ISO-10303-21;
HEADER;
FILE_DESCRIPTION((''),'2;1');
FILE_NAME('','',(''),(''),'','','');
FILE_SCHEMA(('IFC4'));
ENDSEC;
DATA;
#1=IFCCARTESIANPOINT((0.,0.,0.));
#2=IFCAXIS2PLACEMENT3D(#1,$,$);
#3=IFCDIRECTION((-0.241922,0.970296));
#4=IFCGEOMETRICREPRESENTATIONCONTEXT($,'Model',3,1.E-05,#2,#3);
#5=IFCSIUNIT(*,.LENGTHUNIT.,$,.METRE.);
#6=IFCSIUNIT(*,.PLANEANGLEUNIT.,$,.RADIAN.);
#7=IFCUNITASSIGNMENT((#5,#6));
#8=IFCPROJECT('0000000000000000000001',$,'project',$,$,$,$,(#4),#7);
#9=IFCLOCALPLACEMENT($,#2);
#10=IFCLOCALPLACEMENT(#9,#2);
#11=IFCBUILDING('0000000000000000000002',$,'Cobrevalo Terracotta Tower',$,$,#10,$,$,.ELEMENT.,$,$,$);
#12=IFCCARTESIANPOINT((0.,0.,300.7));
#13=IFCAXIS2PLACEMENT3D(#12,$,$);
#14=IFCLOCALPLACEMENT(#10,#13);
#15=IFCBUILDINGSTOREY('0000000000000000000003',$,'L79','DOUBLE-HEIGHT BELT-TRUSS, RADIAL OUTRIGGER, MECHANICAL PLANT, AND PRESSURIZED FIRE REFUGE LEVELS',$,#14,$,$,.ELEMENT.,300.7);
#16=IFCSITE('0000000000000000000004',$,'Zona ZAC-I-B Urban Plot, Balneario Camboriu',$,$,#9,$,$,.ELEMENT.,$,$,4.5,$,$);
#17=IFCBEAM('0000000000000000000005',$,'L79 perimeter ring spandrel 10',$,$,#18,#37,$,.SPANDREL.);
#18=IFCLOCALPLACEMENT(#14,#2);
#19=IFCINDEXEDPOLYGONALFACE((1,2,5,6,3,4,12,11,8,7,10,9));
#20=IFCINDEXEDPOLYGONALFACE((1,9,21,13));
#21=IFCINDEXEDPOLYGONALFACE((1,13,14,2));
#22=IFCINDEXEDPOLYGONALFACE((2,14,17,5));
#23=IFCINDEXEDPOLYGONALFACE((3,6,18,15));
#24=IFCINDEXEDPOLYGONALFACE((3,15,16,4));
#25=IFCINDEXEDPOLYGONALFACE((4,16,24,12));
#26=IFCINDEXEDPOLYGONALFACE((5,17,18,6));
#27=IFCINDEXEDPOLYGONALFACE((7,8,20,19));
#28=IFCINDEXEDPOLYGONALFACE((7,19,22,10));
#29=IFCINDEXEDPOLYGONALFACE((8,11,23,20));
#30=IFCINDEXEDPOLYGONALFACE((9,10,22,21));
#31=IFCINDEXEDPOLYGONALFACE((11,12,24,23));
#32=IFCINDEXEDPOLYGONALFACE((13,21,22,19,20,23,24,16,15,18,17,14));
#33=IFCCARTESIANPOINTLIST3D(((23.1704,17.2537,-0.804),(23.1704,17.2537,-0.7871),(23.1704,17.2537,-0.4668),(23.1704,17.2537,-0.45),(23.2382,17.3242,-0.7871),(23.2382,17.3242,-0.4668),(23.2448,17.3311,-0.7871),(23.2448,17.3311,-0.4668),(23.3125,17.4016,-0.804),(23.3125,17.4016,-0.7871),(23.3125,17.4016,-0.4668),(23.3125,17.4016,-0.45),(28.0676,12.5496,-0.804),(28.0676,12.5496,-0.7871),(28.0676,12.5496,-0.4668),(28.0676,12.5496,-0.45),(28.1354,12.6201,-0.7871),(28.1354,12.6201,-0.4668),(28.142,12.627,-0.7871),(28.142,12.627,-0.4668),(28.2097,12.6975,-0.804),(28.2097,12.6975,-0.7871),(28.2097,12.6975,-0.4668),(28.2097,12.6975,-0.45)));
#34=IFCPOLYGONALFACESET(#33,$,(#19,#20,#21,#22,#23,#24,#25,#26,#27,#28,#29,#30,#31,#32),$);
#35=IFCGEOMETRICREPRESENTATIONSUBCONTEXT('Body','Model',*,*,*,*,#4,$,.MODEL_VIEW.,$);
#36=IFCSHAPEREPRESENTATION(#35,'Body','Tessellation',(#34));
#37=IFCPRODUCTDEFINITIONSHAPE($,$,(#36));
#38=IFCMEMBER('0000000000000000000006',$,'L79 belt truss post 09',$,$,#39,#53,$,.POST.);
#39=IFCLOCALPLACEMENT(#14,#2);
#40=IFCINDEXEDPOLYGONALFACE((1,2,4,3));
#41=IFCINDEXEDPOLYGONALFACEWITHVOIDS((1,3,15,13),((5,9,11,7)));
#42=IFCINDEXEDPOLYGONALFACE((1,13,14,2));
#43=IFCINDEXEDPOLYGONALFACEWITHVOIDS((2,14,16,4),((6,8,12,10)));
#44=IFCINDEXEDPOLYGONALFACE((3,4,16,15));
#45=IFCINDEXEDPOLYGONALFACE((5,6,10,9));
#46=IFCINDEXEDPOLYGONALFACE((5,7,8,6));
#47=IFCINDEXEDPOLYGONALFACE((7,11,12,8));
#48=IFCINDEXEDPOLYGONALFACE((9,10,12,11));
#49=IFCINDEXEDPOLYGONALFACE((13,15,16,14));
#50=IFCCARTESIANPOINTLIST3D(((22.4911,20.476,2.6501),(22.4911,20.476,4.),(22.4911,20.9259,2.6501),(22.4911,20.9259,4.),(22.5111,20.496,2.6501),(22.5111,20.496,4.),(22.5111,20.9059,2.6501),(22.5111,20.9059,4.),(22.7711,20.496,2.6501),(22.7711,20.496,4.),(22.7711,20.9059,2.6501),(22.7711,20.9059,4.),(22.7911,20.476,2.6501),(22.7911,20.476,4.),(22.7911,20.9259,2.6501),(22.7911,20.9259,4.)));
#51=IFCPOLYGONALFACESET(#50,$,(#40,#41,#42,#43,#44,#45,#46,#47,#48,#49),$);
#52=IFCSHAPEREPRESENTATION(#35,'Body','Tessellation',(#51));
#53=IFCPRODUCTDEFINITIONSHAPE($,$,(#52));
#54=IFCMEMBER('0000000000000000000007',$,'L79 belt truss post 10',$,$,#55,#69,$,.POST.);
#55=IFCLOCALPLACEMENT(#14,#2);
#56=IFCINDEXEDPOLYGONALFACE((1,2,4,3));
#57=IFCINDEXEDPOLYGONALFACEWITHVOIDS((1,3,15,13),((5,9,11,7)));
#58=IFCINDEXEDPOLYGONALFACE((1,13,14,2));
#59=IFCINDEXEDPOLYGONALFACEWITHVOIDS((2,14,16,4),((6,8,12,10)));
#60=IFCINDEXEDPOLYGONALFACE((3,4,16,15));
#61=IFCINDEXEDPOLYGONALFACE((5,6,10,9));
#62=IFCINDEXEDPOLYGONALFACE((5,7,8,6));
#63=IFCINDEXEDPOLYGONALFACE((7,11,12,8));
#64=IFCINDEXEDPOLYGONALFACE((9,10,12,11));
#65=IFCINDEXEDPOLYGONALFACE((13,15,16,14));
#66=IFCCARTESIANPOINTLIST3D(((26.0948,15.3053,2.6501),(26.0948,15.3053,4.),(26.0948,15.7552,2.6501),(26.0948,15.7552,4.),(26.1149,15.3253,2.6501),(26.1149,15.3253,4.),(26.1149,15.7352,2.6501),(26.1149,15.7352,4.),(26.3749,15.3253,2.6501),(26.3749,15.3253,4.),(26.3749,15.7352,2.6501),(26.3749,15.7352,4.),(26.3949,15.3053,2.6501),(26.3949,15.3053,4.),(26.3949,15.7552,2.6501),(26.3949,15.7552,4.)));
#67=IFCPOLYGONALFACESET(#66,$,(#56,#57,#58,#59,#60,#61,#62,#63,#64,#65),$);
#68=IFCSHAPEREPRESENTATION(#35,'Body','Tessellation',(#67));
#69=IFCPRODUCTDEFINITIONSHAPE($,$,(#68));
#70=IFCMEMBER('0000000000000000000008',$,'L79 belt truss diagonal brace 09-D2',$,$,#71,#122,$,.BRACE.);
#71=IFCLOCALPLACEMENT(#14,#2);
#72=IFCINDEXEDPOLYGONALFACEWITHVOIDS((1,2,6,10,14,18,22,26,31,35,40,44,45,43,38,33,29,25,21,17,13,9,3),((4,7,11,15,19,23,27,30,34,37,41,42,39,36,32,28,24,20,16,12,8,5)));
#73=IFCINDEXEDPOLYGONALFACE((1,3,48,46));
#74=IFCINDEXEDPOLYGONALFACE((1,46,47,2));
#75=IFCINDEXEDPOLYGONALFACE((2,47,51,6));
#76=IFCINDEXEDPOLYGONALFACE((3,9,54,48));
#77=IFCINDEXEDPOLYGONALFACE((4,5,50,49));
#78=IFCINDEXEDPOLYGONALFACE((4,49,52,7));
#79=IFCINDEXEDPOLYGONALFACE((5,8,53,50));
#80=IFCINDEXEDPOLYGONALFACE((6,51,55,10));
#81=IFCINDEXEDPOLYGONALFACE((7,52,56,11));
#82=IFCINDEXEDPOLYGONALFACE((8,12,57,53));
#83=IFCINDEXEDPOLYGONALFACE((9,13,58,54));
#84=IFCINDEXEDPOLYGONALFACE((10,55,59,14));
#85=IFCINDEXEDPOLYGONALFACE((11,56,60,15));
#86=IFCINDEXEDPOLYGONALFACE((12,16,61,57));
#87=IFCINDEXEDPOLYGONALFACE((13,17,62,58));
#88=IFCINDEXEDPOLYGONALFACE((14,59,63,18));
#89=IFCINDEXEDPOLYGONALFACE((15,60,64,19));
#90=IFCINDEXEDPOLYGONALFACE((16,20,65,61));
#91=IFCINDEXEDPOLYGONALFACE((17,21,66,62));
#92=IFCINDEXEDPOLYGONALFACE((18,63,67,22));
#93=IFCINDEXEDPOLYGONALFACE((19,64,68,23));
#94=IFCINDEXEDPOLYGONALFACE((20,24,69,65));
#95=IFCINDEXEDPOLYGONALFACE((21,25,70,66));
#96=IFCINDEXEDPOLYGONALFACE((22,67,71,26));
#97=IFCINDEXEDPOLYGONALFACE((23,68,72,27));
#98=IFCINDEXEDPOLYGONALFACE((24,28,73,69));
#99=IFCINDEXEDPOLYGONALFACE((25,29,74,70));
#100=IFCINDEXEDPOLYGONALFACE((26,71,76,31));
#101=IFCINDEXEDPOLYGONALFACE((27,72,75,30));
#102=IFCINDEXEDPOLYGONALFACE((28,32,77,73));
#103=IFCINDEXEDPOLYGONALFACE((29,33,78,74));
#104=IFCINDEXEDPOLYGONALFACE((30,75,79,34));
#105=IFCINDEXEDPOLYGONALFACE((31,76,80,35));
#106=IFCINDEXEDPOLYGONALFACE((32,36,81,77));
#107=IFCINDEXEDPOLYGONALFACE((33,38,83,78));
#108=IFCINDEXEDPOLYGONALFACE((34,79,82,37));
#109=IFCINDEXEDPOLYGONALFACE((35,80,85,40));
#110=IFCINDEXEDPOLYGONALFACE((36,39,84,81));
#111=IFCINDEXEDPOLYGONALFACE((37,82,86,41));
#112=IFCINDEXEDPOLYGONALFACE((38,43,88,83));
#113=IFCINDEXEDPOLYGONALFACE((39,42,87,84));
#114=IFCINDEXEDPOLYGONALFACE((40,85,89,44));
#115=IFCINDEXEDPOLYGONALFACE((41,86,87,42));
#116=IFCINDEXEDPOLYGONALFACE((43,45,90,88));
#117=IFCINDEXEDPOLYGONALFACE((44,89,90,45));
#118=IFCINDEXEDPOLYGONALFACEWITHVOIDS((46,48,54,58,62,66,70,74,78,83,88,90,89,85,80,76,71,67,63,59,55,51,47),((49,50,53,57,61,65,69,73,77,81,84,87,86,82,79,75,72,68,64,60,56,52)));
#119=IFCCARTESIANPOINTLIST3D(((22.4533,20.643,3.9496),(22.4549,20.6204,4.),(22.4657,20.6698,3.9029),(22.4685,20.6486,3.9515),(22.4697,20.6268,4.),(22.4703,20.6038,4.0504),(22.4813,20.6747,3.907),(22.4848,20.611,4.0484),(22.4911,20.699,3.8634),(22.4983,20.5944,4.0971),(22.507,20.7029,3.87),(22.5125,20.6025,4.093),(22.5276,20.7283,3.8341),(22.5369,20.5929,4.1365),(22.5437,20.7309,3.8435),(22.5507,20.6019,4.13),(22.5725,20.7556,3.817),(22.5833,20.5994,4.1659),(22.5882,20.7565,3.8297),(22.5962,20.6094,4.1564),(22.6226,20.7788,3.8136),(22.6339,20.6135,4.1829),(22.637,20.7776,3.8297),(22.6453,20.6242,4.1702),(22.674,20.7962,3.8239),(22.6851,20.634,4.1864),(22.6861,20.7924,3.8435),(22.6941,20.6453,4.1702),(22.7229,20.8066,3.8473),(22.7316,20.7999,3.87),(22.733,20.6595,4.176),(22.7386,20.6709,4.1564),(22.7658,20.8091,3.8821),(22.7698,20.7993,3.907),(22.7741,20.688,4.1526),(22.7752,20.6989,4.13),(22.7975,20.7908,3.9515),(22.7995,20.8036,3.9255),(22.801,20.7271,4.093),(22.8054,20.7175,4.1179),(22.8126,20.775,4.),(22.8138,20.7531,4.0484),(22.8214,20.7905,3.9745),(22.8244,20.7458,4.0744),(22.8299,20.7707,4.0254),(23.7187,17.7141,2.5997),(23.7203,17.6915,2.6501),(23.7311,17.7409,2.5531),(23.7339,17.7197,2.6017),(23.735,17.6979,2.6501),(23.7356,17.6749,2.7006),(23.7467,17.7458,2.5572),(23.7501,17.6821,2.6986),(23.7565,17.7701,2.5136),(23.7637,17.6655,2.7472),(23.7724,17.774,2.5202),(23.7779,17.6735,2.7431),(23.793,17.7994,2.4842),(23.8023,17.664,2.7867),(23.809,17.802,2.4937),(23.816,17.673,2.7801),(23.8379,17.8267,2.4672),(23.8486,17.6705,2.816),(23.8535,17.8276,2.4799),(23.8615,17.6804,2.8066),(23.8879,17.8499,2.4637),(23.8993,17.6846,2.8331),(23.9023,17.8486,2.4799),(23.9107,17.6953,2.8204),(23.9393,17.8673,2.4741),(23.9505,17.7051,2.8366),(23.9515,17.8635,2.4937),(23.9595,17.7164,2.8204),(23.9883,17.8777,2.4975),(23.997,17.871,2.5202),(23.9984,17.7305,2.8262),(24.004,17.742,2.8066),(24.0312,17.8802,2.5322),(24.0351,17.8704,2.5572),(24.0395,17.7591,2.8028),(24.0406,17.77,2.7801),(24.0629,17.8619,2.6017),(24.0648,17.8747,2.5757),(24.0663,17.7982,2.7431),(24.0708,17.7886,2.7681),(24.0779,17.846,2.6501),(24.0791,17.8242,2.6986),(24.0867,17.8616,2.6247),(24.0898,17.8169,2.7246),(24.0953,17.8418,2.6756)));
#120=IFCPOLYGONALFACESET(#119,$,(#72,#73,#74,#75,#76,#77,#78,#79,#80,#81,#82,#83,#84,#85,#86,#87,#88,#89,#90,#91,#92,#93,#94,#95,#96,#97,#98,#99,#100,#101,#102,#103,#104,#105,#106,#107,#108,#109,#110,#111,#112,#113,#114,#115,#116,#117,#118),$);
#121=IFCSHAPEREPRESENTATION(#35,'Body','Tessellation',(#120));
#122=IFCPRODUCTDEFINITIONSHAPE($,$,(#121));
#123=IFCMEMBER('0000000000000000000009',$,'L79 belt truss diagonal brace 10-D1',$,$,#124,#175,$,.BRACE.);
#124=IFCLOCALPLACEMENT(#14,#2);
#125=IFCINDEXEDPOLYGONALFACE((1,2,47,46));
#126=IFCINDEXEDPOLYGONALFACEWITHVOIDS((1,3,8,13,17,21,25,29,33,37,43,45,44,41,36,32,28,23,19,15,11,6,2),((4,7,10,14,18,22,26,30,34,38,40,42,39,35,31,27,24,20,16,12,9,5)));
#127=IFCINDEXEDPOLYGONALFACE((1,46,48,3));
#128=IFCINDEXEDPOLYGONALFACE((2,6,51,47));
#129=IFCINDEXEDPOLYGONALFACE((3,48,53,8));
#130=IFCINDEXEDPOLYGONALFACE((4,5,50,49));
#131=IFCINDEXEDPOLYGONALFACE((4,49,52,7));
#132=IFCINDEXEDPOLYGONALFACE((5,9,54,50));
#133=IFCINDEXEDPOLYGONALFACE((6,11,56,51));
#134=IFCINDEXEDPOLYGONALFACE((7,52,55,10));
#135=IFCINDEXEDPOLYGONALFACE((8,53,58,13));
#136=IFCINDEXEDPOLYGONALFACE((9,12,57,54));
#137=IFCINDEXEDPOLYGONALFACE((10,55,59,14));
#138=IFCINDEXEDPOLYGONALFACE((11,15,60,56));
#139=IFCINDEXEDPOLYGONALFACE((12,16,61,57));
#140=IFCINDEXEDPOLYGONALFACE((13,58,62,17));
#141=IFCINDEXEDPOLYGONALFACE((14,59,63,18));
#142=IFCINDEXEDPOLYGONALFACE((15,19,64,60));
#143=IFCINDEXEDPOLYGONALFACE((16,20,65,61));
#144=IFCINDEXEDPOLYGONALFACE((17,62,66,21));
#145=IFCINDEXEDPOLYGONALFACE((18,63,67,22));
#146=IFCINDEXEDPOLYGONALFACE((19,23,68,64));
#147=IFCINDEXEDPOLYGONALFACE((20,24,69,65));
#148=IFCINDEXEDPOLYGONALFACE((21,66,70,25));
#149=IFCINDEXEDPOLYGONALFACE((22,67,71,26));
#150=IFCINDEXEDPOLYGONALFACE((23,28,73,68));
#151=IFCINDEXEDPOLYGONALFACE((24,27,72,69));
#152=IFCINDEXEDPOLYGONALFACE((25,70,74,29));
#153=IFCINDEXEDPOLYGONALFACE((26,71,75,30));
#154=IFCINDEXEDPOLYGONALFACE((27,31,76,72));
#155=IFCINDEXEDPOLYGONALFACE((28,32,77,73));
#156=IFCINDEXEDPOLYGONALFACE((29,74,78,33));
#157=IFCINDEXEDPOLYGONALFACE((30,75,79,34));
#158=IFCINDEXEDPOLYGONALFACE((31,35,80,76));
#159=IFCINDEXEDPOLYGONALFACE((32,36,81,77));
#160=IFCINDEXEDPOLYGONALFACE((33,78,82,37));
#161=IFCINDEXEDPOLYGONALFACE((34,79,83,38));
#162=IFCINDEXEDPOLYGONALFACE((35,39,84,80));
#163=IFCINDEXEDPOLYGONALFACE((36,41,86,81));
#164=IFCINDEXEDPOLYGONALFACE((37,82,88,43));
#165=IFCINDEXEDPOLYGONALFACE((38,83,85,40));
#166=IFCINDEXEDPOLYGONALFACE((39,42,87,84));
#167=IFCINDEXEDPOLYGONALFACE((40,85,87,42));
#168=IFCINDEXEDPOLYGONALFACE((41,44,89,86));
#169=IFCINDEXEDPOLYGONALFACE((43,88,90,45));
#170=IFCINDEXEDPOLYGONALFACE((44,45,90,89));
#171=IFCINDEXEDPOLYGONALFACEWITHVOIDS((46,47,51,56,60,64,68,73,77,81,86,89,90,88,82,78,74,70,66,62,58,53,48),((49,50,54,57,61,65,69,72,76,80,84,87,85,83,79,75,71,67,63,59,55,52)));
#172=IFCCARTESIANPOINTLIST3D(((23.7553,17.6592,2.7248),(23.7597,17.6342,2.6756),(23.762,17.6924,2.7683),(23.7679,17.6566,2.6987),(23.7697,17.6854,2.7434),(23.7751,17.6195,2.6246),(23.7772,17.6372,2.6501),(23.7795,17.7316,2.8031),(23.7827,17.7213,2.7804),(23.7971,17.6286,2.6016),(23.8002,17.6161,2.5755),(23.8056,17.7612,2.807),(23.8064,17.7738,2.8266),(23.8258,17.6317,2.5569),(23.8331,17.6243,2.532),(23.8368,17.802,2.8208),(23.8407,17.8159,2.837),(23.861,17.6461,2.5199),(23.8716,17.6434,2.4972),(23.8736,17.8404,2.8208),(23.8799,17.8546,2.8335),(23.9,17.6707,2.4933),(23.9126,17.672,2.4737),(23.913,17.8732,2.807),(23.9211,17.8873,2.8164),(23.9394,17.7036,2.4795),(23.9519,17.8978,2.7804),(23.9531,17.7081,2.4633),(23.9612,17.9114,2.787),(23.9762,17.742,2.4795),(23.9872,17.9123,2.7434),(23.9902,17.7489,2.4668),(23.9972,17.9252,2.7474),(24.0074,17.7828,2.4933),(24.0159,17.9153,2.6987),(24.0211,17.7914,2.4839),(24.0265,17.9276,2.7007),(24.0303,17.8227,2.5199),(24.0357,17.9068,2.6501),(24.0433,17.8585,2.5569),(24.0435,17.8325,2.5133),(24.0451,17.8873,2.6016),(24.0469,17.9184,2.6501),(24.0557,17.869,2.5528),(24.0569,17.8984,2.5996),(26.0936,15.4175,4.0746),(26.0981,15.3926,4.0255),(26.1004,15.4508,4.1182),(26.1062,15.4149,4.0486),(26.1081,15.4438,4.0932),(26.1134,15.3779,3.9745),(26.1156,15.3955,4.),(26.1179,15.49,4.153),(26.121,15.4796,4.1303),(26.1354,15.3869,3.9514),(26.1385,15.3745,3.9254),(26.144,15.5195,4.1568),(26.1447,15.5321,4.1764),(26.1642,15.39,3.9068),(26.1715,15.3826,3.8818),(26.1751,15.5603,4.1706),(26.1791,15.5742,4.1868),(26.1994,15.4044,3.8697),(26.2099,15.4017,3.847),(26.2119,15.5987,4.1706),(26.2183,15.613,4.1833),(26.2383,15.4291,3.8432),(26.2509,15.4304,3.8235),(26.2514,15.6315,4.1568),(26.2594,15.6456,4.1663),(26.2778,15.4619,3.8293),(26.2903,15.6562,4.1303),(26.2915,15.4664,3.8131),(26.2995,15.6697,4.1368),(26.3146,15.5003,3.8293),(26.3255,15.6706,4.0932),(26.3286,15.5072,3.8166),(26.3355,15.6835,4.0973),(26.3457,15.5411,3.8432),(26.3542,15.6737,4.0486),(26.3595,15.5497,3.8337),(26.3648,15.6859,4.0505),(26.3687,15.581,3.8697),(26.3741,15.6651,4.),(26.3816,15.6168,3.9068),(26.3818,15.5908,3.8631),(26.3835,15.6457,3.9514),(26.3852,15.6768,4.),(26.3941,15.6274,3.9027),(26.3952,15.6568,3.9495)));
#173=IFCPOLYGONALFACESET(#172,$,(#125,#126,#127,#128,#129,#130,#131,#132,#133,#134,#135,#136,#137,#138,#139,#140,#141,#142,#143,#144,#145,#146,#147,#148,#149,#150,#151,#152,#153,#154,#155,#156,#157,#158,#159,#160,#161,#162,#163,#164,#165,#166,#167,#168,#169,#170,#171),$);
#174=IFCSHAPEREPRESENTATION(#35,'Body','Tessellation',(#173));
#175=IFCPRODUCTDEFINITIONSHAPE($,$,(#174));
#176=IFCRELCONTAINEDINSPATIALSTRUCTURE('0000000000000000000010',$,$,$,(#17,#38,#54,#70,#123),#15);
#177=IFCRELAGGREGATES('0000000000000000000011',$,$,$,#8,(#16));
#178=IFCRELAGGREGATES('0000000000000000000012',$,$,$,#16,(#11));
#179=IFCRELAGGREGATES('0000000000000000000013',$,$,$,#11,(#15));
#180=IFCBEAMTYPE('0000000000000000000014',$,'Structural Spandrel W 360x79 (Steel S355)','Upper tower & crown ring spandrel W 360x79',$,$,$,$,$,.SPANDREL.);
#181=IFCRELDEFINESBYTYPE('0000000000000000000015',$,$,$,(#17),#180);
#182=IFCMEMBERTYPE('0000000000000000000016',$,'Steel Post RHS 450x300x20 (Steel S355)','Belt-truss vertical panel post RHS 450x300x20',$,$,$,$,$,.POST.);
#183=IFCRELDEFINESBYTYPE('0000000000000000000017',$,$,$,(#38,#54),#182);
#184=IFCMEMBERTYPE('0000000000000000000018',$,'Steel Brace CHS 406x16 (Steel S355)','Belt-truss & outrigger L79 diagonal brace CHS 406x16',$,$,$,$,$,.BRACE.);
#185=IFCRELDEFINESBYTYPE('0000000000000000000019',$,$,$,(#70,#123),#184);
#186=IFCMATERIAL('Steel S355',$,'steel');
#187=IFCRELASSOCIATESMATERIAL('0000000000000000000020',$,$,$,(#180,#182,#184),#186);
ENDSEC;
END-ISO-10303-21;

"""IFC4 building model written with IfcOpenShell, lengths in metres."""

from ifc_helpers import new_model, si_unit, direction, frame, origin, origin_2d, place, context, subcontext, project, spatial, hollow_rectangle, hollow_circle, i_section, extrude, source, transform, mapped, material, material_profile, profile_set, type_object, element, save


model = new_model("IFC4")

# Units and contexts
model_context = context("Model", 3, precision=1e-05, world=origin(), true_north=direction((-0.241922, 0.970296)))
body_context = subcontext(model_context, "Body", "Model", "MODEL_VIEW")
ifc_project = project(units=[si_unit("LENGTHUNIT", "METRE"), si_unit("PLANEANGLEUNIT", "RADIAN")], contexts=[model_context])

# Site, building, storey
site_placement = place(None, origin())
site = spatial("IfcSite", under=ifc_project, at=site_placement, Name="Zona ZAC-I-B Urban Plot, Balneario Camboriu", CompositionType="ELEMENT", RefElevation=4.5)
building_placement = place(site_placement, origin())
building = spatial("IfcBuilding", under=site, at=building_placement, Name="Cobrevalo Terracotta Tower", CompositionType="ELEMENT")
storey_placement = place(building_placement, frame((0.0, 0.0, 300.7)))
storey = spatial("IfcBuildingStorey", under=building, at=storey_placement, Name="L79", Description="DOUBLE-HEIGHT BELT-TRUSS, RADIAL OUTRIGGER, MECHANICAL PLANT, AND PRESSURIZED FIRE REFUGE LEVELS", CompositionType="ELEMENT", Elevation=300.7)

# Shared definitions
ifc_material_1 = material(Name="Steel S355", Category="steel")

# Beam
ifc_material_profile_1 = material_profile(ifc_material_1, i_section(OverallWidth=0.2051, OverallDepth=0.354, WebThickness=0.0095, FlangeThickness=0.0168, at=origin_2d()), Name="W 360x79")
ifc_profile_set_1 = profile_set([ifc_material_profile_1], Name="Steel S355")
beam_type_1 = type_object("IfcBeamType", Name="Structural Spandrel W 360x79 (Steel S355)", Description="Upper tower & crown ring spandrel W 360x79", PredefinedType="SPANDREL", material=ifc_profile_set_1)
beam_1_placement = place(storey_placement, frame((23.2415, 17.3276, -0.627), z_axis=(0.721183, -0.692744, 0.0), x_axis=(0.692744, 0.721183, 0.0)))
element("IfcBeam", 1, at=beam_1_placement, inside=storey, type_object=beam_type_1, Name="L79 perimeter ring spandrel 10", PredefinedType="SPANDREL", context=body_context, shape_type="SweptSolid", body=[
    extrude(i_section(OverallWidth=0.2051, OverallDepth=0.354, WebThickness=0.0095, FlangeThickness=0.0168, at=origin_2d()), origin(), (0.0, 0.0, 1.0), 6.7905),
])

# Members
ifc_material_profile_2 = material_profile(ifc_material_1, hollow_rectangle(XDim=0.3, YDim=0.45, WallThickness=0.02, at=origin_2d()), Name="RHS 450x300x20")
ifc_profile_set_2 = profile_set([ifc_material_profile_2], Name="Steel S355")
member_type_1 = type_object("IfcMemberType", Name="Steel Post RHS 450x300x20 (Steel S355)", Description="Belt-truss vertical panel post RHS 450x300x20", PredefinedType="POST", material=ifc_profile_set_2)
shared_shape_1 = source(origin(), body_context, "Body", "SweptSolid", [
    extrude(hollow_rectangle(XDim=0.3, YDim=0.45, WallThickness=0.02, at=origin_2d()), origin(), (0.0, 0.0, 1.0), 1.3499),
])
for number, where, z_axis, x_axis, name in (
    (2, (22.6411, 20.7009, 2.6501), (0.0, 0.0, 1.0), (1.0, 0.0, 0.0), "L79 belt truss post 09"),
    (3, (26.2449, 15.5303, 2.6501), (0.0, 0.0, 1.0), (1.0, 0.0, 0.0), "L79 belt truss post 10"),
):
    element("IfcMember", number, at=place(storey_placement, frame(where, z_axis=z_axis, x_axis=x_axis)), inside=storey, type_object=member_type_1, Name=name, PredefinedType="POST", context=body_context, shape_type="MappedRepresentation", body=[
        mapped(shared_shape_1, transform((0.0, 0.0, 0.0), scale=1.0)),
    ])
ifc_material_profile_3 = material_profile(ifc_material_1, hollow_circle(Radius=0.2029, WallThickness=0.0161, at=origin_2d()), Name="CHS 406x16")
ifc_profile_set_3 = profile_set([ifc_material_profile_3], Name="Steel S355")
member_type_2 = type_object("IfcMemberType", Name="Steel Brace CHS 406x16 (Steel S355)", Description="Belt-truss & outrigger L79 diagonal brace CHS 406x16", PredefinedType="BRACE", material=ifc_profile_set_3)
shared_shape_2 = source(origin(), body_context, "Body", "SweptSolid", [
    extrude(hollow_circle(Radius=0.2029, WallThickness=0.0161, at=origin_2d()), origin(), (0.0, 0.0, 1.0), 3.4644),
])
member_1_placement = place(storey_placement, frame((23.9065, 17.772, 2.6501), z_axis=(-0.365252, 0.845444, 0.389636), x_axis=(-0.917993, -0.396596, 0.0)))
element("IfcMember", 4, at=member_1_placement, inside=storey, type_object=member_type_2, Name="L79 belt truss diagonal brace 09-D2", PredefinedType="BRACE", context=body_context, shape_type="MappedRepresentation", body=[
    mapped(shared_shape_2, transform((0.0, 0.0, 0.0), scale=1.0)),
])
shared_shape_3 = source(origin(), body_context, "Body", "SweptSolid", [
    extrude(hollow_circle(Radius=0.2029, WallThickness=0.0161, at=origin_2d()), origin(), (0.0, 0.0, 1.0), 3.5093),
])
member_2_placement = place(storey_placement, frame((23.9065, 17.772, 2.6501), z_axis=(0.666334, -0.638784, 0.384648), x_axis=(0.692026, 0.721872, 0.0)))
element("IfcMember", 5, at=member_2_placement, inside=storey, type_object=member_type_2, Name="L79 belt truss diagonal brace 10-D1", PredefinedType="BRACE", context=body_context, shape_type="MappedRepresentation", body=[
    mapped(shared_shape_3, transform((0.0, 0.0, 0.0), scale=1.0)),
])

save(model, "model.ifc")
